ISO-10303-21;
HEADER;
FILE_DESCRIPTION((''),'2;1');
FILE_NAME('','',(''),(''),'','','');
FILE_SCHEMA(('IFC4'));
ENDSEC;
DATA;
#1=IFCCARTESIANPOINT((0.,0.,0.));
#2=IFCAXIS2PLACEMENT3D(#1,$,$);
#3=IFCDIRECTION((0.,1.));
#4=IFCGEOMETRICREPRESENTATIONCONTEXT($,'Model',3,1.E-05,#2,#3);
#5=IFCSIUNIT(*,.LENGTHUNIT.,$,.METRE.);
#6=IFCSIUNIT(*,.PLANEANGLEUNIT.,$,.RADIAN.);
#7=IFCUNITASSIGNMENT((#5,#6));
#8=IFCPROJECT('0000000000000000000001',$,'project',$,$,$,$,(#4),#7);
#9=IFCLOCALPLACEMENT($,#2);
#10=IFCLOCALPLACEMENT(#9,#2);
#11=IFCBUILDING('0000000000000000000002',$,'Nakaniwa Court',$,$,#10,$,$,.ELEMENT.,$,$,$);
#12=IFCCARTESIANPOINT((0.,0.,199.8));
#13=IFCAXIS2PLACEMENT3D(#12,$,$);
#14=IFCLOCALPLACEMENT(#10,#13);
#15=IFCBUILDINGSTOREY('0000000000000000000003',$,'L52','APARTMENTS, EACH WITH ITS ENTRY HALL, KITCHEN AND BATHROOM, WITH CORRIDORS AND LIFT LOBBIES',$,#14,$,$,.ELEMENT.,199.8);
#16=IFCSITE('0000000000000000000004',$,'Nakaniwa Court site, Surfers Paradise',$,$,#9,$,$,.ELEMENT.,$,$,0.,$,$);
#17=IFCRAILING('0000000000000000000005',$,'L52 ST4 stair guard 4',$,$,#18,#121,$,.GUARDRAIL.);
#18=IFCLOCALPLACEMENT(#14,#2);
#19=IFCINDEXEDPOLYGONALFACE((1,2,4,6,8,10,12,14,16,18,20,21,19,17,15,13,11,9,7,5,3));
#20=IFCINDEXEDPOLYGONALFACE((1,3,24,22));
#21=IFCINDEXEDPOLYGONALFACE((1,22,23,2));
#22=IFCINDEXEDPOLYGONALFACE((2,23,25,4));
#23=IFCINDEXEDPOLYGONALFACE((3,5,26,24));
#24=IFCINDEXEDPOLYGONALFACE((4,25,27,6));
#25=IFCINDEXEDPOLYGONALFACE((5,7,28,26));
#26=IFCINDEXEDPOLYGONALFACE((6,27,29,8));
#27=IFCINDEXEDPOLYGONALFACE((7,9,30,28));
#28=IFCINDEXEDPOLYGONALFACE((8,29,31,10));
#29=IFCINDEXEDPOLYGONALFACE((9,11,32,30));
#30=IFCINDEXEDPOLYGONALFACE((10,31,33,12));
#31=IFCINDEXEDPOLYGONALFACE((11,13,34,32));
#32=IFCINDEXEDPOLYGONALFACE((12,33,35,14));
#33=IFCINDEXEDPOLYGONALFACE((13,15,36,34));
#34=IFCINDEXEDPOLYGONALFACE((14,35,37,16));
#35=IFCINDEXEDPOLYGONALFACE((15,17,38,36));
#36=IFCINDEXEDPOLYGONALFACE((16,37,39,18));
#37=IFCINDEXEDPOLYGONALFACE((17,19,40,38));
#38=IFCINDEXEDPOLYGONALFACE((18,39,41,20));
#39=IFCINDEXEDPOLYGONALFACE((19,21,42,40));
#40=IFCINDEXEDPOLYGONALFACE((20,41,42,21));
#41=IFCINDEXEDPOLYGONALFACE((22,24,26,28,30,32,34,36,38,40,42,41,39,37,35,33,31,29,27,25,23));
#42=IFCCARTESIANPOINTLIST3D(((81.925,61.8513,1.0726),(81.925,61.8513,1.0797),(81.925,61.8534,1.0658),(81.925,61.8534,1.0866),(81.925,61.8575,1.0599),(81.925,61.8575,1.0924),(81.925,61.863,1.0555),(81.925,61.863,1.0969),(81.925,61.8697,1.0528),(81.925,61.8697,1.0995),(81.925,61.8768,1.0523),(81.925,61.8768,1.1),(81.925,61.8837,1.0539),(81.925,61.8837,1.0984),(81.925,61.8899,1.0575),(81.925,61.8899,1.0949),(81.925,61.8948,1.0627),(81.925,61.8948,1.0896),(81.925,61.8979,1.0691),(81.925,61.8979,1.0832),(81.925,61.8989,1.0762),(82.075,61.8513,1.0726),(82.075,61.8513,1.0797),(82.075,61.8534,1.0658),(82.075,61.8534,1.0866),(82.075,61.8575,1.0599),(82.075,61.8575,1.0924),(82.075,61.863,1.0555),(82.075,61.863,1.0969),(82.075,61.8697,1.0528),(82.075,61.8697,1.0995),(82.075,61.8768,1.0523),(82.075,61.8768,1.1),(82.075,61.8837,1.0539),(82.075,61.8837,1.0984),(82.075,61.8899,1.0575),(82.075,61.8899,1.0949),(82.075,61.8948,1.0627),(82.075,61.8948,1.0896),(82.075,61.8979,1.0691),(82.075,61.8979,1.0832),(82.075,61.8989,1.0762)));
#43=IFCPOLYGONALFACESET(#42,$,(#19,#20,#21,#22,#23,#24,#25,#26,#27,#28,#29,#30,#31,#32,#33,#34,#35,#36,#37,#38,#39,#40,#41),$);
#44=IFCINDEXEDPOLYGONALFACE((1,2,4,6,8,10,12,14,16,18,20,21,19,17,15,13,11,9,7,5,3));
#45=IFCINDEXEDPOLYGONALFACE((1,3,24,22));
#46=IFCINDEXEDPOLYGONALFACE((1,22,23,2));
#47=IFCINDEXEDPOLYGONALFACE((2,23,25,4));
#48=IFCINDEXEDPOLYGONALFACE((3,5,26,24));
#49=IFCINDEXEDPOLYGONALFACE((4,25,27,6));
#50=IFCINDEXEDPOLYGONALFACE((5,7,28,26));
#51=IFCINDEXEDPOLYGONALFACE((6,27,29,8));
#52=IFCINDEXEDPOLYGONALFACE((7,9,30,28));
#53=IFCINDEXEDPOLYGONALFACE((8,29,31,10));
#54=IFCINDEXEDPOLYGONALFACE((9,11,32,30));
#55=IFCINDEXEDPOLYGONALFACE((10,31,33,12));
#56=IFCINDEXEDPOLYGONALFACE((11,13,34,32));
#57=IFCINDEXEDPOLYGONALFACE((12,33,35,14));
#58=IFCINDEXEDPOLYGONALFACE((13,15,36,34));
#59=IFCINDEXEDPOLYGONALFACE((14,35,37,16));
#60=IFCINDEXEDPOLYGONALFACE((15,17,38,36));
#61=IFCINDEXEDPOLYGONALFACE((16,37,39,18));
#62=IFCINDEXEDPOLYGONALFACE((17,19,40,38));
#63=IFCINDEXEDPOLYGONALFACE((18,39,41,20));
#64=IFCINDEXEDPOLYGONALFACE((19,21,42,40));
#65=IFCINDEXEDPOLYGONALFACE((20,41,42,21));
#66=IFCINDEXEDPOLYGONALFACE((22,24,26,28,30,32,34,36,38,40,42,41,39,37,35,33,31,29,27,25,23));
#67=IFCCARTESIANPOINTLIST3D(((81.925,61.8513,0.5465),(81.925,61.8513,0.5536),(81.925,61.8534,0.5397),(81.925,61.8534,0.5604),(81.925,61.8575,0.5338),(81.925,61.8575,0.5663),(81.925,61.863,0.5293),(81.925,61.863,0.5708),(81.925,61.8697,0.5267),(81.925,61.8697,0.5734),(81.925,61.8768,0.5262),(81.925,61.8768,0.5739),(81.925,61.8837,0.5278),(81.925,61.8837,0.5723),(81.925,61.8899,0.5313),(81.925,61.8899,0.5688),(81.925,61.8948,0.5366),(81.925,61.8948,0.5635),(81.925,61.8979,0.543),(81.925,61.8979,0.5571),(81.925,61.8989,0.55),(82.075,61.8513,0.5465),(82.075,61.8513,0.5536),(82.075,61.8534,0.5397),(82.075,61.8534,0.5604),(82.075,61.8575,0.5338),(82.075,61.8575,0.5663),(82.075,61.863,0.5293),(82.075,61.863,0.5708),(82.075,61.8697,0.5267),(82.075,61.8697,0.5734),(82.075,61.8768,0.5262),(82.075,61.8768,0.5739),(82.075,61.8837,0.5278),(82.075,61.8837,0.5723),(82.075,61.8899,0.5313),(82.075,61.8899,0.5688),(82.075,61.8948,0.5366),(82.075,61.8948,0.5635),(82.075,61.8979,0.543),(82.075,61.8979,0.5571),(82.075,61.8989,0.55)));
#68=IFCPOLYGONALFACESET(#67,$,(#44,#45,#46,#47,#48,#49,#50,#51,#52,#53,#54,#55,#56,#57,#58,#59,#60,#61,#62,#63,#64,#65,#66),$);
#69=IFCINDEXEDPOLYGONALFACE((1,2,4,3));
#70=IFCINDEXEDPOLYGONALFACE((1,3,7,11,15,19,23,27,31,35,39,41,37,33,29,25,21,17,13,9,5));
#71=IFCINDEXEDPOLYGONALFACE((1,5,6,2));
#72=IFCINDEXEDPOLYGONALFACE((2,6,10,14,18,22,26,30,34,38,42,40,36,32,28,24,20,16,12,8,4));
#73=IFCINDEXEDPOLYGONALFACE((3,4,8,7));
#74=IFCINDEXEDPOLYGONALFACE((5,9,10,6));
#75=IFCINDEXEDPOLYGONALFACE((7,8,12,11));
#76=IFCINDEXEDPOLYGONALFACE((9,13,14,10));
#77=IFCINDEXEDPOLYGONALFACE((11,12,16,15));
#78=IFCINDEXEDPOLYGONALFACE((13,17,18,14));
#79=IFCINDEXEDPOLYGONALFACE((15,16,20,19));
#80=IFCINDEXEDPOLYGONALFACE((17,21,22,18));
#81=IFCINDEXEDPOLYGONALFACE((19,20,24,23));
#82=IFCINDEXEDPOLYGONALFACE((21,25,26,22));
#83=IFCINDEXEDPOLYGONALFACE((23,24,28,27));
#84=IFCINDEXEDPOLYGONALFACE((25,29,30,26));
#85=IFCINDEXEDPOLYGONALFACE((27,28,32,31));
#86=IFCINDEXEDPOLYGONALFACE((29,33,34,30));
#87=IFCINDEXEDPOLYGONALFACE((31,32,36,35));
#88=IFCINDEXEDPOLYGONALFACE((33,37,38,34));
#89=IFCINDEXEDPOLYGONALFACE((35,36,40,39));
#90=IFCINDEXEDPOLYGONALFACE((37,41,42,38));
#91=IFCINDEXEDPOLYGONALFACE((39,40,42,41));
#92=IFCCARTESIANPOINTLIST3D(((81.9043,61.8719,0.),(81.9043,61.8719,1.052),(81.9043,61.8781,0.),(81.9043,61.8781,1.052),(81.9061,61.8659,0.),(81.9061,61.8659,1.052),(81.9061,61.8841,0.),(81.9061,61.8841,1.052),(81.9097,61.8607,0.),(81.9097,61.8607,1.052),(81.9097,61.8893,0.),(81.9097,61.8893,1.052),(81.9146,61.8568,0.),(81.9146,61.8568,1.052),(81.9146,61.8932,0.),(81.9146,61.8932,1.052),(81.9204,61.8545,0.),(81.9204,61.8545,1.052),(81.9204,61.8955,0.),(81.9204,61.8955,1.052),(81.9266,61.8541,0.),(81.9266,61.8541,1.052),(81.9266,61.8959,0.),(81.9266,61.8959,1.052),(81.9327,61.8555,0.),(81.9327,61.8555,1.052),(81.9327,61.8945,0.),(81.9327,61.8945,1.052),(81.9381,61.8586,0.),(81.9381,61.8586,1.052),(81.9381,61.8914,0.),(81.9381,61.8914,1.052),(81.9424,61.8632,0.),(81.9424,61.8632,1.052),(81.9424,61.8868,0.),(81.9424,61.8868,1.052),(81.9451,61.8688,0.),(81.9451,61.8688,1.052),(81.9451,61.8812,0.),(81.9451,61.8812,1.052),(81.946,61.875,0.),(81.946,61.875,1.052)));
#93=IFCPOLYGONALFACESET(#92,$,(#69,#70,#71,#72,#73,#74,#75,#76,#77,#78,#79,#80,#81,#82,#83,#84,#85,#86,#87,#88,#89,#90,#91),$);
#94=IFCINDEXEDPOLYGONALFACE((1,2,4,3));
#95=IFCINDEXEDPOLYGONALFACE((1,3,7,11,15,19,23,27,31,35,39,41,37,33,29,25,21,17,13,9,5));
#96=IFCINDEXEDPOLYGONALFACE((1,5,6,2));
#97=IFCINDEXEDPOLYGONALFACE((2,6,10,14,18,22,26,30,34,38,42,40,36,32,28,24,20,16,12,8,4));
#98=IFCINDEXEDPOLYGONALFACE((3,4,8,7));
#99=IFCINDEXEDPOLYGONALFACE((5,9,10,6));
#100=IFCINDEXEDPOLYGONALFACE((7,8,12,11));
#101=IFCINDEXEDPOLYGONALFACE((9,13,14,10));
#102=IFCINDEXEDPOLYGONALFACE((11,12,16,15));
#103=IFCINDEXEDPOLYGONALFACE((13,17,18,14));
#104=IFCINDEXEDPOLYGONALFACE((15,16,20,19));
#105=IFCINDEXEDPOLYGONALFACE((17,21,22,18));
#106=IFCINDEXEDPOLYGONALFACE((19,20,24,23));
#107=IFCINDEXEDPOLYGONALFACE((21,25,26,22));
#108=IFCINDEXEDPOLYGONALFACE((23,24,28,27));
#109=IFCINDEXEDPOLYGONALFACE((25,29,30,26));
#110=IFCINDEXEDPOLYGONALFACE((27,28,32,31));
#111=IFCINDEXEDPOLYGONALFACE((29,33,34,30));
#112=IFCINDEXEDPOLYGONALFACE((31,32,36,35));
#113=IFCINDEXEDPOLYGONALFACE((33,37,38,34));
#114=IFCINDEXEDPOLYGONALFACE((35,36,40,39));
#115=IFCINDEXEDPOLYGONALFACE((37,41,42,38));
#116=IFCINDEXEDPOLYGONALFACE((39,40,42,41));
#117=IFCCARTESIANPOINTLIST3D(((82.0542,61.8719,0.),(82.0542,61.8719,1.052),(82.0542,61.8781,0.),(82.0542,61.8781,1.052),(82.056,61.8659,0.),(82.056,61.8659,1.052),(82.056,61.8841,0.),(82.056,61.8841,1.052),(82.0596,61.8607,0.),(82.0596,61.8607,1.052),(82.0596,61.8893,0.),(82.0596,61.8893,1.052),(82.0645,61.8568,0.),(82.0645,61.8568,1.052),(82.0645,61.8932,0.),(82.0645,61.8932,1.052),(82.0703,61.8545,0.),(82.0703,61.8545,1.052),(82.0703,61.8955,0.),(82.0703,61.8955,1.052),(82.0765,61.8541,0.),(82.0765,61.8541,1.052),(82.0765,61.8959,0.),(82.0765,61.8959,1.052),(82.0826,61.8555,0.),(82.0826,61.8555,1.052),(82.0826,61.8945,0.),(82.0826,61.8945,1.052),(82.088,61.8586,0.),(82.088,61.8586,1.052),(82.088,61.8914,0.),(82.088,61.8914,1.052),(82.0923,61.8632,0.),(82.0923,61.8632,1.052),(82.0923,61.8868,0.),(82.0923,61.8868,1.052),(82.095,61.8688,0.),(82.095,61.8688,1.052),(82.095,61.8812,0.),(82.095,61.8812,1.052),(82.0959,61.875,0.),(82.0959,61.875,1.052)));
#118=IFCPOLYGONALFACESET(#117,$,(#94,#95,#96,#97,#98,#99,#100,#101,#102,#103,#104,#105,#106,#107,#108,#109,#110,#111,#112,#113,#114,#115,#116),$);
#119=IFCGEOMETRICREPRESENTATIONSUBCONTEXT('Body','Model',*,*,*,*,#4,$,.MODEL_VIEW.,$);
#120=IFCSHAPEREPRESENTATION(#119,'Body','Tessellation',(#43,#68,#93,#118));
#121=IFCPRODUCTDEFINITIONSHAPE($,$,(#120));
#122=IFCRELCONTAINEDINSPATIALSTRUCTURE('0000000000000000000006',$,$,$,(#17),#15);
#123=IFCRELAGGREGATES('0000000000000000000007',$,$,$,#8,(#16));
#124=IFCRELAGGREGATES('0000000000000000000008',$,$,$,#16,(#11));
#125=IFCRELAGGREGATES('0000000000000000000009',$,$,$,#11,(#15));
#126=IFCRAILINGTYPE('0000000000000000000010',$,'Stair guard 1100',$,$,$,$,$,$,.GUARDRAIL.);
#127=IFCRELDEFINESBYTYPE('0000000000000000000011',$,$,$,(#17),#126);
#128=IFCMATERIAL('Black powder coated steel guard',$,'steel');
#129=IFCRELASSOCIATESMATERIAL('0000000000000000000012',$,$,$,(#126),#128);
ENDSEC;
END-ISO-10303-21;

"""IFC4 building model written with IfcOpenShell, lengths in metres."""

from ifc_helpers import new_model, si_unit, direction, frame, origin, origin_2d, place, context, subcontext, project, spatial, circle, extrude, material, type_object, element, save


model = new_model("IFC4")

# Units and contexts
model_context = context("Model", 3, precision=1e-05, world=origin(), true_north=direction((0.0, 1.0)))
body_context = subcontext(model_context, "Body", "Model", "MODEL_VIEW")
ifc_project = project(units=[si_unit("LENGTHUNIT", "METRE"), si_unit("PLANEANGLEUNIT", "RADIAN")], contexts=[model_context])

# Site, building, storey
site_placement = place(None, origin())
site = spatial("IfcSite", under=ifc_project, at=site_placement, Name="Nakaniwa Court site, Surfers Paradise", CompositionType="ELEMENT", RefElevation=0.0)
building_placement = place(site_placement, origin())
building = spatial("IfcBuilding", under=site, at=building_placement, Name="Nakaniwa Court", CompositionType="ELEMENT")
storey_placement = place(building_placement, frame((0.0, 0.0, 199.8)))
storey = spatial("IfcBuildingStorey", under=building, at=storey_placement, Name="L52", Description="APARTMENTS, EACH WITH ITS ENTRY HALL, KITCHEN AND BATHROOM, WITH CORRIDORS AND LIFT LOBBIES", CompositionType="ELEMENT", Elevation=199.8)

# Railing
ifc_material_1 = material(Name="Black powder coated steel guard", Category="steel")
railing_type_1 = type_object("IfcRailingType", Name="Stair guard 1100", PredefinedType="GUARDRAIL", material=ifc_material_1)
railing_1_placement = place(storey_placement, frame((81.925, 61.875, 0.0)))
element("IfcRailing", 1, at=railing_1_placement, inside=storey, type_object=railing_type_1, Name="L52 ST4 stair guard 4", PredefinedType="GUARDRAIL", context=body_context, shape_type="SweptSolid", body=[
    extrude(circle(Radius=0.0239, at=origin_2d()), frame((0.0, 0.0, 1.0762), z_axis=(1.0, 0.0, 0.0), x_axis=(0.0, 1.0, 0.0)), (0.0, 0.0, 1.0), 0.1499),
    extrude(circle(Radius=0.0239, at=origin_2d()), frame((0.0, 0.0, 0.55), z_axis=(1.0, 0.0, 0.0), x_axis=(0.0, 1.0, 0.0)), (0.0, 0.0, 1.0), 0.1499),
    extrude(circle(Radius=0.021, at=origin_2d()), origin(), (0.0, 0.0, 1.0), 1.052),
    extrude(circle(Radius=0.021, at=origin_2d()), frame((0.1499, 0.0, 0.0)), (0.0, 0.0, 1.0), 1.052),
])

save(model, "model.ifc")
